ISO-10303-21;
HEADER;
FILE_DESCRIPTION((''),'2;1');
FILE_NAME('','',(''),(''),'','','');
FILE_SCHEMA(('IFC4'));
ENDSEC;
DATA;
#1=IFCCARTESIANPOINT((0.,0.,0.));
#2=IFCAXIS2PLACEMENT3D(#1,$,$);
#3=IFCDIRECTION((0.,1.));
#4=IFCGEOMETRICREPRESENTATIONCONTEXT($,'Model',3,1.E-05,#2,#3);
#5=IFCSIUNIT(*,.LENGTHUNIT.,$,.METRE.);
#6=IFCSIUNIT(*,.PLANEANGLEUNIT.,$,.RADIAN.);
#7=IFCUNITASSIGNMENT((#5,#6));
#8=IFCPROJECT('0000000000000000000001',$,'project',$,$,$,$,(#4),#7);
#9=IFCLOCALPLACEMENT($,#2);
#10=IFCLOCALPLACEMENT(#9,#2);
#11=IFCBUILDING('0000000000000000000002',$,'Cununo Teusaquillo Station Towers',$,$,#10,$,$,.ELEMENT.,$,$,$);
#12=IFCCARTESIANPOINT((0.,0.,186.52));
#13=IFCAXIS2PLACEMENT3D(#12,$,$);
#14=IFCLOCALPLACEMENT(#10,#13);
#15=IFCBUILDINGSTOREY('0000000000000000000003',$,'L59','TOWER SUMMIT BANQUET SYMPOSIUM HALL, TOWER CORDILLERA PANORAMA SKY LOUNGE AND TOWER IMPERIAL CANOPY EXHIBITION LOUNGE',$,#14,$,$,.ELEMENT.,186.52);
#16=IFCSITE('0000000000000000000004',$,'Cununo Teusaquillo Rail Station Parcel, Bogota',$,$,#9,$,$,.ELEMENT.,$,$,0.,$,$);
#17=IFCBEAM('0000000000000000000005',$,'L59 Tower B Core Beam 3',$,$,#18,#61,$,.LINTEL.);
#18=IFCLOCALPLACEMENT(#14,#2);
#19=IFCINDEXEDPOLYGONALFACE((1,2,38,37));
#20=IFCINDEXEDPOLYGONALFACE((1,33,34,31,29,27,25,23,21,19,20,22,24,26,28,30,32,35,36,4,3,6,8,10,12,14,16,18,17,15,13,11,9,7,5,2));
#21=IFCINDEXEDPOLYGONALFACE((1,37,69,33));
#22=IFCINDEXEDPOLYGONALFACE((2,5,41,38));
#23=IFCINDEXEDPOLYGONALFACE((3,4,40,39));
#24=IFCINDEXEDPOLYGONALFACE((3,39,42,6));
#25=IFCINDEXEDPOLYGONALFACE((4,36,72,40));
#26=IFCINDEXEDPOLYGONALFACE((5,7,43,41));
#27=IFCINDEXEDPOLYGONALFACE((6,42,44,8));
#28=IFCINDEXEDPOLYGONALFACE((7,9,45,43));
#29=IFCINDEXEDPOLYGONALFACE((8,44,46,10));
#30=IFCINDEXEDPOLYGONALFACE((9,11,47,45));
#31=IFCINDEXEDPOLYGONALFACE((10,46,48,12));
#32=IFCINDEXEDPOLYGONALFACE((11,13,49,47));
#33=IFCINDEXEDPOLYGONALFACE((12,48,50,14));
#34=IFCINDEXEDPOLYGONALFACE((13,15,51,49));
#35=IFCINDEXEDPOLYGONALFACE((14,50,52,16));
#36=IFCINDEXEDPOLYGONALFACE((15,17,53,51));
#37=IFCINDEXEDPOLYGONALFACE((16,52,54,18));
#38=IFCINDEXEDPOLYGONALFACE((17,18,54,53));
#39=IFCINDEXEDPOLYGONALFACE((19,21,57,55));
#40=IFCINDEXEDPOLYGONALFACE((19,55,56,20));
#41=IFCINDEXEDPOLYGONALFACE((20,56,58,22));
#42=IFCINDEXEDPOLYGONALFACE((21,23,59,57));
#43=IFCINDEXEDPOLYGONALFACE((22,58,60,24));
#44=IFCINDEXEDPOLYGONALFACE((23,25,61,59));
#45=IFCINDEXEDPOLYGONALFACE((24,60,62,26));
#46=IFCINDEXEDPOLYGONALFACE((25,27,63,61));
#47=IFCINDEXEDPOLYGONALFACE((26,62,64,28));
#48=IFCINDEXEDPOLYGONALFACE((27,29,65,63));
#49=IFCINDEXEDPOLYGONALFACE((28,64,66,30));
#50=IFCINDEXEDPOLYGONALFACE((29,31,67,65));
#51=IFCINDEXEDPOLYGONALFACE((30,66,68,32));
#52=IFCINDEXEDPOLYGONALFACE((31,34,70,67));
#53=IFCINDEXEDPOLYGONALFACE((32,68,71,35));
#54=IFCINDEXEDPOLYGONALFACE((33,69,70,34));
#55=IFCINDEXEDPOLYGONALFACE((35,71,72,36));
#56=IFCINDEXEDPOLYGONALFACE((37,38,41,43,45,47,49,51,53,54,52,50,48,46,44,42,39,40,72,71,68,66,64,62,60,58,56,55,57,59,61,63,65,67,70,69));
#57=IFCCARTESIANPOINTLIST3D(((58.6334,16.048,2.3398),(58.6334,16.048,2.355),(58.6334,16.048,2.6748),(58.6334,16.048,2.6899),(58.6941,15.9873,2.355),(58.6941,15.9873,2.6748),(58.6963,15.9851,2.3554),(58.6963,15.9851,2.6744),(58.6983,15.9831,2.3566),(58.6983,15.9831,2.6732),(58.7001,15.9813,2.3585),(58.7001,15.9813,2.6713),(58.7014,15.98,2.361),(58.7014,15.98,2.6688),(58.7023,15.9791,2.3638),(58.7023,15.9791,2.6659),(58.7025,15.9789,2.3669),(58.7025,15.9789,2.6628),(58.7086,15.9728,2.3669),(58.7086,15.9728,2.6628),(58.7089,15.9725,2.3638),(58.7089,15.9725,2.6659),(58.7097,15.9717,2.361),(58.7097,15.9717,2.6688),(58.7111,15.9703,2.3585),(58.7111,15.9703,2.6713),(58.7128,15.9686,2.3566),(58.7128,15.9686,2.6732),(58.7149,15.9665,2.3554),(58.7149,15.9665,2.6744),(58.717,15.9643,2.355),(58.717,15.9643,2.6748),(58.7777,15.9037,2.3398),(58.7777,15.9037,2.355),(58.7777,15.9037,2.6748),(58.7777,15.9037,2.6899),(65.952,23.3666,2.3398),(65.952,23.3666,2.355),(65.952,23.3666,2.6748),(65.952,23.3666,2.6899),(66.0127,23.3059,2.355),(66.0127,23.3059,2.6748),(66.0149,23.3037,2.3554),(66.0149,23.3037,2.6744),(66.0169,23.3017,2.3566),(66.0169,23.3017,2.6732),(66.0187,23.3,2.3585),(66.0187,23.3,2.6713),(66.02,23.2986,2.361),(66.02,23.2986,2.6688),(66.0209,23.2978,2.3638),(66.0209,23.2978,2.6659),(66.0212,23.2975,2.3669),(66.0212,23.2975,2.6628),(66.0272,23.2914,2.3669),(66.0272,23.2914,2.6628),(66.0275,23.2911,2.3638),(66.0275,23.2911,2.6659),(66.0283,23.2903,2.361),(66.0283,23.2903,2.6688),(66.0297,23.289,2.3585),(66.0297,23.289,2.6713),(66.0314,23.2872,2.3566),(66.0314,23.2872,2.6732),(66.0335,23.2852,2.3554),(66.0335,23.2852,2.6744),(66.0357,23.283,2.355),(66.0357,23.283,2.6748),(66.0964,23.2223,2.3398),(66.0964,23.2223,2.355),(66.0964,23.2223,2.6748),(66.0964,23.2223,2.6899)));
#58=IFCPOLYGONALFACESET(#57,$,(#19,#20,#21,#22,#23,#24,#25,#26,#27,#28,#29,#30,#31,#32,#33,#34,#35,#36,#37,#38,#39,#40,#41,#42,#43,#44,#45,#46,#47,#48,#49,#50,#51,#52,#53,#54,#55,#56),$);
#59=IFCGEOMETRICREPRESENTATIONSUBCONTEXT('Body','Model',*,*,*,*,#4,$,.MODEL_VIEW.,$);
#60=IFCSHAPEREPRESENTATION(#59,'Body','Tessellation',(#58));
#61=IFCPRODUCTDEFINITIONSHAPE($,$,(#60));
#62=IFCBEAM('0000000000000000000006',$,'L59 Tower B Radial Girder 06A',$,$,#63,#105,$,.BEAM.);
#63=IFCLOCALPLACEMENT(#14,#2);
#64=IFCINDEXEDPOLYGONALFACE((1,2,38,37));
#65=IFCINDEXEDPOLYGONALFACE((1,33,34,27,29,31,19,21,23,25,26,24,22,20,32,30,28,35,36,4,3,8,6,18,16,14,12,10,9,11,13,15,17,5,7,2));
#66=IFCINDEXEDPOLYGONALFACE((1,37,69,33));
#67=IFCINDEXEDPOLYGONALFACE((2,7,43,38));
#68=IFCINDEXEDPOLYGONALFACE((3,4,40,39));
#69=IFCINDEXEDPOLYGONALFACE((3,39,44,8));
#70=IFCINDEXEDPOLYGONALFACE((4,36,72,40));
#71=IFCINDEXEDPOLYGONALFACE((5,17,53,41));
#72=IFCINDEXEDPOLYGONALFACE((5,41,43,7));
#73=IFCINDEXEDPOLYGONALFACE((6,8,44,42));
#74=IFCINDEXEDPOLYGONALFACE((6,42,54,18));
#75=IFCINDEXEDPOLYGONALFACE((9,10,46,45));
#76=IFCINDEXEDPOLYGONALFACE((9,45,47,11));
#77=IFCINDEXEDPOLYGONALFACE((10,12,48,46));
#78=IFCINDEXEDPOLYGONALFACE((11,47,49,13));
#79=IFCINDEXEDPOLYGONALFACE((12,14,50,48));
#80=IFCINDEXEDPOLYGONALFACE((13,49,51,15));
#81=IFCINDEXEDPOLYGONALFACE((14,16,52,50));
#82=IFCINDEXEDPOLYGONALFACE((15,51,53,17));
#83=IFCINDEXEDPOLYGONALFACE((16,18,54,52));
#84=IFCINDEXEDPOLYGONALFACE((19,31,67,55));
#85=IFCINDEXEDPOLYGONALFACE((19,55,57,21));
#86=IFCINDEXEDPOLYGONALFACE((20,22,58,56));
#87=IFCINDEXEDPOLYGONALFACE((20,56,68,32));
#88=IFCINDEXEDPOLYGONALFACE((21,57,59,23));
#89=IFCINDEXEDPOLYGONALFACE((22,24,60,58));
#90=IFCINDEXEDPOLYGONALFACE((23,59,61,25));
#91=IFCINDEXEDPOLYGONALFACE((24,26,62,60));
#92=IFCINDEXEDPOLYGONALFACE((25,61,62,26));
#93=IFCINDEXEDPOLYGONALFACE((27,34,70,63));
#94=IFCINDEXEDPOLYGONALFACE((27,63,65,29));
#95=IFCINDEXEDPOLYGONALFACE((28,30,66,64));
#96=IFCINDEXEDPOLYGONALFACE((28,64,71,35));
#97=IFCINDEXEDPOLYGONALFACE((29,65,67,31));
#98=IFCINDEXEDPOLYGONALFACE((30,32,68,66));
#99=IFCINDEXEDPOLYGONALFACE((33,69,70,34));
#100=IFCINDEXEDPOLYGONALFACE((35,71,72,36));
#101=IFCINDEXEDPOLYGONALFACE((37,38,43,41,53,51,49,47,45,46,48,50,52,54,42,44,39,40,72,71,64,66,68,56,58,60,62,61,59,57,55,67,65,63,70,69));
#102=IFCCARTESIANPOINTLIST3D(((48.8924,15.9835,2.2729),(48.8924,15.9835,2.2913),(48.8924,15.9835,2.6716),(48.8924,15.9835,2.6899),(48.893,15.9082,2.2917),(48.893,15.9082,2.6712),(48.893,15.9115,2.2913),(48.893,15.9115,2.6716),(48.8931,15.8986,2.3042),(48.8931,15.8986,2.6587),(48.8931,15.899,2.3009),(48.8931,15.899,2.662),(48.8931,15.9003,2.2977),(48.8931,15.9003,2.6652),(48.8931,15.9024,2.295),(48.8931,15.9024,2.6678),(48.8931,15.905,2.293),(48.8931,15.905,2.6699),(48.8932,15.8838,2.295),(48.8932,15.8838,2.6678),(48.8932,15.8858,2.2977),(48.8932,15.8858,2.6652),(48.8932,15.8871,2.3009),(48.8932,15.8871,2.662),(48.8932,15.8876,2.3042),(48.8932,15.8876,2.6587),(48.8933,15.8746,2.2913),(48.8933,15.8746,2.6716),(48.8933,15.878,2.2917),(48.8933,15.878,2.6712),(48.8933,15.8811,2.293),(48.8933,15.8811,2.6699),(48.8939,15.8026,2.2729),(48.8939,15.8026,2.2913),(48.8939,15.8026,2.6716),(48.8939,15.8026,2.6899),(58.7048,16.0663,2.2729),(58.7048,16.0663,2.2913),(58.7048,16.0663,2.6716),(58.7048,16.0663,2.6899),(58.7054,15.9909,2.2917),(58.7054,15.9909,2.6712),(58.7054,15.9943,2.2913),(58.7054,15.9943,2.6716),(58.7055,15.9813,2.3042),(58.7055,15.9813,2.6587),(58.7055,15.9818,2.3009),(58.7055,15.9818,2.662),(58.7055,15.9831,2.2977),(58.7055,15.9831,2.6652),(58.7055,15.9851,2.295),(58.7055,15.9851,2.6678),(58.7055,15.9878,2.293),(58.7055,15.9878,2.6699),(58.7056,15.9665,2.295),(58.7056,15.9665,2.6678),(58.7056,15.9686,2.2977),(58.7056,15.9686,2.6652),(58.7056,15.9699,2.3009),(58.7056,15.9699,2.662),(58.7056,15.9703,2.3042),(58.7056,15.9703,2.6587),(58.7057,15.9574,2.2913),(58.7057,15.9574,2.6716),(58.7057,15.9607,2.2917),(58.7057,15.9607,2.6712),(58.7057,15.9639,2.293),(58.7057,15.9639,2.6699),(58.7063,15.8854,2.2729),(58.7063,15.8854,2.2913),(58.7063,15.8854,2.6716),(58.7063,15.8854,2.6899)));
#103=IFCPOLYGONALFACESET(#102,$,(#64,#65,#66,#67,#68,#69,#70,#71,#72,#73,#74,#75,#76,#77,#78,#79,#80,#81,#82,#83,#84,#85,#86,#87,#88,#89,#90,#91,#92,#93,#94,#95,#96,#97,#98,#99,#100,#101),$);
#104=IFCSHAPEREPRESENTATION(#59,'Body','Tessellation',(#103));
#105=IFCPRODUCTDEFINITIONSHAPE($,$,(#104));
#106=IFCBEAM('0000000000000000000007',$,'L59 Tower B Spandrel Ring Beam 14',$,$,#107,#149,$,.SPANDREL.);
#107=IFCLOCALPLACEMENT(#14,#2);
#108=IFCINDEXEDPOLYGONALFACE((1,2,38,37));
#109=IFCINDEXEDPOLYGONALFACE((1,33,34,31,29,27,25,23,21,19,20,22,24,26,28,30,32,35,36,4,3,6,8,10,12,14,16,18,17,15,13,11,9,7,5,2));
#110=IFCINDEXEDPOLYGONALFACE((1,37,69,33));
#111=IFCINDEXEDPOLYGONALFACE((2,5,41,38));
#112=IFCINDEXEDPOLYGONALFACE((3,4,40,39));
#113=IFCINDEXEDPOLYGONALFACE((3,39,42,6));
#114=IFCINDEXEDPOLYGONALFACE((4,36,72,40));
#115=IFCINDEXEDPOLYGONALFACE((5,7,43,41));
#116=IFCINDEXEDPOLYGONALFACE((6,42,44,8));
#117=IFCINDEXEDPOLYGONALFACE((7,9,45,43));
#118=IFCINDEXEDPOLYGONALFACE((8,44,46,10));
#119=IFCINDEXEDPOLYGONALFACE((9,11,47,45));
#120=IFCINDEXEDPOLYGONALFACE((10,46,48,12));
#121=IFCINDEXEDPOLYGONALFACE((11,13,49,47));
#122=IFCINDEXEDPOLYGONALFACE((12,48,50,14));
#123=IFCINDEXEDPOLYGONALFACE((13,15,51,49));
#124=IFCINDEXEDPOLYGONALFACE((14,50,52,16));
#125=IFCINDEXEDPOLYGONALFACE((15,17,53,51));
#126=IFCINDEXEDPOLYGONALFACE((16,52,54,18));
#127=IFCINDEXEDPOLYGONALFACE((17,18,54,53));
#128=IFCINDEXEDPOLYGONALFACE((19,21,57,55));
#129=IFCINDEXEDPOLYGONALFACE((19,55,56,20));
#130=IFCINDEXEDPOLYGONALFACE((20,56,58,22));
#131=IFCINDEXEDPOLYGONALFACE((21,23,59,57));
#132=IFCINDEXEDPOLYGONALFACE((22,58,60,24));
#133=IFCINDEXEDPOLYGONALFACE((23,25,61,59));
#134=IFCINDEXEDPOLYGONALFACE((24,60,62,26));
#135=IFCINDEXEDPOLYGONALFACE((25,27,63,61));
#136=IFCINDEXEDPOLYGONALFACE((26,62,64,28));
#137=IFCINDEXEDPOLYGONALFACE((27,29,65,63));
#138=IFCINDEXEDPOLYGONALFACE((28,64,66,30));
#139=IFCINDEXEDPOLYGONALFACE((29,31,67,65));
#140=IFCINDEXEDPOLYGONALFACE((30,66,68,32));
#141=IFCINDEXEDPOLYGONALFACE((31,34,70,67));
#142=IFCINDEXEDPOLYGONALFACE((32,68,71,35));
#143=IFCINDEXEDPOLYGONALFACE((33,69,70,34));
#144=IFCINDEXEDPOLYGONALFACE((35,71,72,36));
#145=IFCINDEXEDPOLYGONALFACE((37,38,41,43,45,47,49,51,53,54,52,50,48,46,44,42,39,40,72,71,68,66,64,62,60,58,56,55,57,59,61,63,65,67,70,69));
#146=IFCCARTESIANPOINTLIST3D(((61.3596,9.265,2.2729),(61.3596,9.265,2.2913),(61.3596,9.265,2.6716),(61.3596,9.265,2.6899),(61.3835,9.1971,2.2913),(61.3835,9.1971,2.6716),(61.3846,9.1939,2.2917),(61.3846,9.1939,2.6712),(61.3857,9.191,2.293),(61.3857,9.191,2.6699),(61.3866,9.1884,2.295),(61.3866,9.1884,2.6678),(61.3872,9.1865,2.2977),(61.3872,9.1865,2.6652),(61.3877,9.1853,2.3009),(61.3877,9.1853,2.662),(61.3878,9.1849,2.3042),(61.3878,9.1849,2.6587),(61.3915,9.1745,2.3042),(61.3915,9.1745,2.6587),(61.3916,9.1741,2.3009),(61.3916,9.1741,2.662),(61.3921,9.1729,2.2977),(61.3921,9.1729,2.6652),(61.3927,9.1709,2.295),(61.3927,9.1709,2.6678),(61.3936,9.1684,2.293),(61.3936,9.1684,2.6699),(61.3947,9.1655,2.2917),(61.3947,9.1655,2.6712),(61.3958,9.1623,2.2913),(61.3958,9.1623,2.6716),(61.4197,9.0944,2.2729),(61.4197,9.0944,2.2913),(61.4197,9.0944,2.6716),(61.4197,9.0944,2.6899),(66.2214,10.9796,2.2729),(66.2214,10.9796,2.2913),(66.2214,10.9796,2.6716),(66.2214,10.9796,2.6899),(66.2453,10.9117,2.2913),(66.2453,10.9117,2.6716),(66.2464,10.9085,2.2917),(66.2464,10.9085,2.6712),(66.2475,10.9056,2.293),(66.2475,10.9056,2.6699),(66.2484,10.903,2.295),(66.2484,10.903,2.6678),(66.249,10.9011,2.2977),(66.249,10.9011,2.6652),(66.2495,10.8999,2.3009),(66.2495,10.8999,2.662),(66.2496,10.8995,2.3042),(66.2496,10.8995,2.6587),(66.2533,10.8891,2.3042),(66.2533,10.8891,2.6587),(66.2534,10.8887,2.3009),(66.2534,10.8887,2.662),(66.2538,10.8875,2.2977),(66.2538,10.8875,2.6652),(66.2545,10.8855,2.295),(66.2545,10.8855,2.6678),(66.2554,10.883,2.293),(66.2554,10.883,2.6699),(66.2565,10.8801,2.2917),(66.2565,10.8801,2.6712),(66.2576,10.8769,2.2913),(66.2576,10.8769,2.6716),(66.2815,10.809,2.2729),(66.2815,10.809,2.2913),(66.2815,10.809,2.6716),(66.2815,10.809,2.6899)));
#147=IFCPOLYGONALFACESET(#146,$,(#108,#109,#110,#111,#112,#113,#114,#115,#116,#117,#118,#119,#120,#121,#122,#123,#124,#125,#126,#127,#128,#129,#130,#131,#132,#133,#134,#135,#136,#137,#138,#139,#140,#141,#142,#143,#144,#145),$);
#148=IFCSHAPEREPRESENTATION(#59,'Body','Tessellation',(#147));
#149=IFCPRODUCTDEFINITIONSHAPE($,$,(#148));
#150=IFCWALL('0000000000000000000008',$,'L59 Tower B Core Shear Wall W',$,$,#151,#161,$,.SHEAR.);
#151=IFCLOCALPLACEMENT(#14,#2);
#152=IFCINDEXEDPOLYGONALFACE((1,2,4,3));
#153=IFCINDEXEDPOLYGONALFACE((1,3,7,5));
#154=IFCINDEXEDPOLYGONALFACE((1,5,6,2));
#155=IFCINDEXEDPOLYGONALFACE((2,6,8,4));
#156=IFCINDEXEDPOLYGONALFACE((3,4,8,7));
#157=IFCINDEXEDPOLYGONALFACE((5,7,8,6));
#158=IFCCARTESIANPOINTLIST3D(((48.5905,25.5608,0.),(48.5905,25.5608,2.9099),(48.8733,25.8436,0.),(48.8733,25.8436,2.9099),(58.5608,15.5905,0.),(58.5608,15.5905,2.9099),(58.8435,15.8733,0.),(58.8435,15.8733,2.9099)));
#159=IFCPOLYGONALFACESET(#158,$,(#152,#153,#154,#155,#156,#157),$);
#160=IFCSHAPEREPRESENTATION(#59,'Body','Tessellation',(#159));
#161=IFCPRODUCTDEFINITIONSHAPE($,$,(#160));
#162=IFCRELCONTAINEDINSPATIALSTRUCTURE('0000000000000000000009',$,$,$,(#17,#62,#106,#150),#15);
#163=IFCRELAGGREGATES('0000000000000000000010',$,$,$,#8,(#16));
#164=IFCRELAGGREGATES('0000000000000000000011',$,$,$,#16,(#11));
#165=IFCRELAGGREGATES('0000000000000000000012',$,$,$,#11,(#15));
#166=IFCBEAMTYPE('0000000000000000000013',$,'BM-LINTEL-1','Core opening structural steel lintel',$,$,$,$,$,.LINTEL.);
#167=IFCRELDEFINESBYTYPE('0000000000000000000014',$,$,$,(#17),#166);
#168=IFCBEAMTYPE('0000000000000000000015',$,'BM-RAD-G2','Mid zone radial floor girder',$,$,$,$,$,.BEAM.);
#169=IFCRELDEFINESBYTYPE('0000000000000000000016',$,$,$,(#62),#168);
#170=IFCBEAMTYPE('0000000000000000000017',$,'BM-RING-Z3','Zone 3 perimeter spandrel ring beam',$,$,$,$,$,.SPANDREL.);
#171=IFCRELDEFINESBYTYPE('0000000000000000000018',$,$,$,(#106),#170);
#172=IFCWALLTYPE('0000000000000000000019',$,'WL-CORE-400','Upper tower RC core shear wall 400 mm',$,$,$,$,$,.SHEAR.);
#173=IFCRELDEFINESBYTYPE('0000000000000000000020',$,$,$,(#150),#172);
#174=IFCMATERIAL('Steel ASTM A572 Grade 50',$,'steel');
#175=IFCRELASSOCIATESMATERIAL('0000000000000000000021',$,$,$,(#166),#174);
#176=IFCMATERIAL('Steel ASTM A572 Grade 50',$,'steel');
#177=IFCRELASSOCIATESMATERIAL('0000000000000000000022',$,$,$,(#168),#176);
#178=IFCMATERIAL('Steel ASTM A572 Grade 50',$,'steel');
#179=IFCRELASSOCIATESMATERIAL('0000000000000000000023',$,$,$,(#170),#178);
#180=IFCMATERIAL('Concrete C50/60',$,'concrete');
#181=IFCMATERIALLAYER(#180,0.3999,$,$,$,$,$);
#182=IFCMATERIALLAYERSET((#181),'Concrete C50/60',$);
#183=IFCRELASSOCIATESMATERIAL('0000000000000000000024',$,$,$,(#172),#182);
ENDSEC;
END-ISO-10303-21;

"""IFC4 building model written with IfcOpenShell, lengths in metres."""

from ifc_helpers import new_model, si_unit, direction, frame, frame_2d, origin, origin_2d, place, context, subcontext, project, spatial, rectangle, i_section, extrude, material, layer, layer_set, material_profile, profile_set, type_object, element, save


model = new_model("IFC4")

# Units and contexts
model_context = context("Model", 3, precision=1e-05, world=origin(), true_north=direction((0.0, 1.0)))
body_context = subcontext(model_context, "Body", "Model", "MODEL_VIEW")
ifc_project = project(units=[si_unit("LENGTHUNIT", "METRE"), si_unit("PLANEANGLEUNIT", "RADIAN")], contexts=[model_context])

# Site, building, storey
site_placement = place(None, origin())
site = spatial("IfcSite", under=ifc_project, at=site_placement, Name="Cununo Teusaquillo Rail Station Parcel, Bogota", CompositionType="ELEMENT", RefElevation=0.0)
building_placement = place(site_placement, origin())
building = spatial("IfcBuilding", under=site, at=building_placement, Name="Cununo Teusaquillo Station Towers", CompositionType="ELEMENT")
storey_placement = place(building_placement, frame((0.0, 0.0, 186.52)))
storey = spatial("IfcBuildingStorey", under=building, at=storey_placement, Name="L59", Description="TOWER SUMMIT BANQUET SYMPOSIUM HALL, TOWER CORDILLERA PANORAMA SKY LOUNGE AND TOWER IMPERIAL CANOPY EXHIBITION LOUNGE", CompositionType="ELEMENT", Elevation=186.52)

# Beams
ifc_material_1 = material(Name="Steel ASTM A572 Grade 50", Category="steel")
ifc_material_profile_1 = material_profile(ifc_material_1, i_section(OverallWidth=0.2041, OverallDepth=0.3501, WebThickness=0.0085, FlangeThickness=0.0151, FilletRadius=0.012, at=origin_2d()), Name="W14X48")
ifc_profile_set_1 = profile_set([ifc_material_profile_1], Name="Steel ASTM A572 Grade 50")
beam_type_1 = type_object("IfcBeamType", Name="BM-LINTEL-1", Description="Core opening structural steel lintel", PredefinedType="LINTEL", material=ifc_profile_set_1)
beam_1_placement = place(storey_placement, frame((58.7056, 15.9758, 2.5149), z_axis=(0.707107, 0.707107, 0.0), x_axis=(-0.707107, 0.707107, 0.0)))
element("IfcBeam", 1, at=beam_1_placement, inside=storey, type_object=beam_type_1, Name="L59 Tower B Core Beam 3", PredefinedType="LINTEL", context=body_context, shape_type="SweptSolid", body=[
    extrude(i_section(OverallWidth=0.2041, OverallDepth=0.3501, WebThickness=0.0085, FlangeThickness=0.0151, FilletRadius=0.012, at=origin_2d()), origin(), (0.0, 0.0, 1.0), 10.3501),
])
ifc_material_2 = material(Name="Steel ASTM A572 Grade 50", Category="steel")
ifc_material_profile_2 = material_profile(ifc_material_2, i_section(OverallWidth=0.1809, OverallDepth=0.417, WebThickness=0.011, FlangeThickness=0.0183, FilletRadius=0.0129, at=origin_2d()), Name="W16X57")
ifc_profile_set_2 = profile_set([ifc_material_profile_2], Name="Steel ASTM A572 Grade 50")
beam_type_2 = type_object("IfcBeamType", Name="BM-RAD-G2", Description="Mid zone radial floor girder", PredefinedType="BEAM", material=ifc_profile_set_2)
beam_2_placement = place(storey_placement, frame((58.7056, 15.9758, 2.4814), z_axis=(-0.999964, -0.008434, 0.0), x_axis=(0.008434, -0.999964, 0.0)))
element("IfcBeam", 2, at=beam_2_placement, inside=storey, type_object=beam_type_2, Name="L59 Tower B Radial Girder 06A", PredefinedType="BEAM", context=body_context, shape_type="SweptSolid", body=[
    extrude(i_section(OverallWidth=0.1809, OverallDepth=0.417, WebThickness=0.011, FlangeThickness=0.0183, FilletRadius=0.0129, at=origin_2d()), origin(), (0.0, 0.0, 1.0), 9.8127),
])
ifc_material_3 = material(Name="Steel ASTM A572 Grade 50", Category="steel")
ifc_material_profile_3 = material_profile(ifc_material_3, i_section(OverallWidth=0.1809, OverallDepth=0.417, WebThickness=0.011, FlangeThickness=0.0183, FilletRadius=0.0129, at=origin_2d()), Name="W16X57")
ifc_profile_set_3 = profile_set([ifc_material_profile_3], Name="Steel ASTM A572 Grade 50")
beam_type_3 = type_object("IfcBeamType", Name="BM-RING-Z3", Description="Zone 3 perimeter spandrel ring beam", PredefinedType="SPANDREL", material=ifc_profile_set_3)
beam_3_placement = place(storey_placement, frame((61.3896, 9.1797, 2.4814), z_axis=(0.943072, 0.33259, 0.0), x_axis=(-0.33259, 0.943072, 0.0)))
element("IfcBeam", 3, at=beam_3_placement, inside=storey, type_object=beam_type_3, Name="L59 Tower B Spandrel Ring Beam 14", PredefinedType="SPANDREL", context=body_context, shape_type="SweptSolid", body=[
    extrude(i_section(OverallWidth=0.1809, OverallDepth=0.417, WebThickness=0.011, FlangeThickness=0.0183, FilletRadius=0.0129, at=origin_2d()), origin(), (0.0, 0.0, 1.0), 5.1553),
])

# Wall
ifc_material_4 = material(Name="Concrete C50/60", Category="concrete")
ifc_layer_1 = layer(ifc_material_4, 0.3999)
ifc_layer_set_1 = layer_set([ifc_layer_1], Name="Concrete C50/60")
wall_type_1 = type_object("IfcWallType", Name="WL-CORE-400", Description="Upper tower RC core shear wall 400 mm", PredefinedType="SHEAR", material=ifc_layer_set_1)
wall_1_placement = place(storey_placement, frame((58.7021, 15.7319, 0.0), z_axis=(0.0, 0.0, 1.0), x_axis=(-0.707107, 0.707107, 0.0)))
element("IfcWall", 4, at=wall_1_placement, inside=storey, type_object=wall_type_1, Name="L59 Tower B Core Shear Wall W", PredefinedType="SHEAR", context=body_context, shape_type="SweptSolid", body=[
    extrude(rectangle(XDim=14.1001, YDim=0.3999, at=frame_2d((7.05, 0.0))), origin(), (0.0, 0.0, 1.0), 2.9099),
])

save(model, "model.ifc")
